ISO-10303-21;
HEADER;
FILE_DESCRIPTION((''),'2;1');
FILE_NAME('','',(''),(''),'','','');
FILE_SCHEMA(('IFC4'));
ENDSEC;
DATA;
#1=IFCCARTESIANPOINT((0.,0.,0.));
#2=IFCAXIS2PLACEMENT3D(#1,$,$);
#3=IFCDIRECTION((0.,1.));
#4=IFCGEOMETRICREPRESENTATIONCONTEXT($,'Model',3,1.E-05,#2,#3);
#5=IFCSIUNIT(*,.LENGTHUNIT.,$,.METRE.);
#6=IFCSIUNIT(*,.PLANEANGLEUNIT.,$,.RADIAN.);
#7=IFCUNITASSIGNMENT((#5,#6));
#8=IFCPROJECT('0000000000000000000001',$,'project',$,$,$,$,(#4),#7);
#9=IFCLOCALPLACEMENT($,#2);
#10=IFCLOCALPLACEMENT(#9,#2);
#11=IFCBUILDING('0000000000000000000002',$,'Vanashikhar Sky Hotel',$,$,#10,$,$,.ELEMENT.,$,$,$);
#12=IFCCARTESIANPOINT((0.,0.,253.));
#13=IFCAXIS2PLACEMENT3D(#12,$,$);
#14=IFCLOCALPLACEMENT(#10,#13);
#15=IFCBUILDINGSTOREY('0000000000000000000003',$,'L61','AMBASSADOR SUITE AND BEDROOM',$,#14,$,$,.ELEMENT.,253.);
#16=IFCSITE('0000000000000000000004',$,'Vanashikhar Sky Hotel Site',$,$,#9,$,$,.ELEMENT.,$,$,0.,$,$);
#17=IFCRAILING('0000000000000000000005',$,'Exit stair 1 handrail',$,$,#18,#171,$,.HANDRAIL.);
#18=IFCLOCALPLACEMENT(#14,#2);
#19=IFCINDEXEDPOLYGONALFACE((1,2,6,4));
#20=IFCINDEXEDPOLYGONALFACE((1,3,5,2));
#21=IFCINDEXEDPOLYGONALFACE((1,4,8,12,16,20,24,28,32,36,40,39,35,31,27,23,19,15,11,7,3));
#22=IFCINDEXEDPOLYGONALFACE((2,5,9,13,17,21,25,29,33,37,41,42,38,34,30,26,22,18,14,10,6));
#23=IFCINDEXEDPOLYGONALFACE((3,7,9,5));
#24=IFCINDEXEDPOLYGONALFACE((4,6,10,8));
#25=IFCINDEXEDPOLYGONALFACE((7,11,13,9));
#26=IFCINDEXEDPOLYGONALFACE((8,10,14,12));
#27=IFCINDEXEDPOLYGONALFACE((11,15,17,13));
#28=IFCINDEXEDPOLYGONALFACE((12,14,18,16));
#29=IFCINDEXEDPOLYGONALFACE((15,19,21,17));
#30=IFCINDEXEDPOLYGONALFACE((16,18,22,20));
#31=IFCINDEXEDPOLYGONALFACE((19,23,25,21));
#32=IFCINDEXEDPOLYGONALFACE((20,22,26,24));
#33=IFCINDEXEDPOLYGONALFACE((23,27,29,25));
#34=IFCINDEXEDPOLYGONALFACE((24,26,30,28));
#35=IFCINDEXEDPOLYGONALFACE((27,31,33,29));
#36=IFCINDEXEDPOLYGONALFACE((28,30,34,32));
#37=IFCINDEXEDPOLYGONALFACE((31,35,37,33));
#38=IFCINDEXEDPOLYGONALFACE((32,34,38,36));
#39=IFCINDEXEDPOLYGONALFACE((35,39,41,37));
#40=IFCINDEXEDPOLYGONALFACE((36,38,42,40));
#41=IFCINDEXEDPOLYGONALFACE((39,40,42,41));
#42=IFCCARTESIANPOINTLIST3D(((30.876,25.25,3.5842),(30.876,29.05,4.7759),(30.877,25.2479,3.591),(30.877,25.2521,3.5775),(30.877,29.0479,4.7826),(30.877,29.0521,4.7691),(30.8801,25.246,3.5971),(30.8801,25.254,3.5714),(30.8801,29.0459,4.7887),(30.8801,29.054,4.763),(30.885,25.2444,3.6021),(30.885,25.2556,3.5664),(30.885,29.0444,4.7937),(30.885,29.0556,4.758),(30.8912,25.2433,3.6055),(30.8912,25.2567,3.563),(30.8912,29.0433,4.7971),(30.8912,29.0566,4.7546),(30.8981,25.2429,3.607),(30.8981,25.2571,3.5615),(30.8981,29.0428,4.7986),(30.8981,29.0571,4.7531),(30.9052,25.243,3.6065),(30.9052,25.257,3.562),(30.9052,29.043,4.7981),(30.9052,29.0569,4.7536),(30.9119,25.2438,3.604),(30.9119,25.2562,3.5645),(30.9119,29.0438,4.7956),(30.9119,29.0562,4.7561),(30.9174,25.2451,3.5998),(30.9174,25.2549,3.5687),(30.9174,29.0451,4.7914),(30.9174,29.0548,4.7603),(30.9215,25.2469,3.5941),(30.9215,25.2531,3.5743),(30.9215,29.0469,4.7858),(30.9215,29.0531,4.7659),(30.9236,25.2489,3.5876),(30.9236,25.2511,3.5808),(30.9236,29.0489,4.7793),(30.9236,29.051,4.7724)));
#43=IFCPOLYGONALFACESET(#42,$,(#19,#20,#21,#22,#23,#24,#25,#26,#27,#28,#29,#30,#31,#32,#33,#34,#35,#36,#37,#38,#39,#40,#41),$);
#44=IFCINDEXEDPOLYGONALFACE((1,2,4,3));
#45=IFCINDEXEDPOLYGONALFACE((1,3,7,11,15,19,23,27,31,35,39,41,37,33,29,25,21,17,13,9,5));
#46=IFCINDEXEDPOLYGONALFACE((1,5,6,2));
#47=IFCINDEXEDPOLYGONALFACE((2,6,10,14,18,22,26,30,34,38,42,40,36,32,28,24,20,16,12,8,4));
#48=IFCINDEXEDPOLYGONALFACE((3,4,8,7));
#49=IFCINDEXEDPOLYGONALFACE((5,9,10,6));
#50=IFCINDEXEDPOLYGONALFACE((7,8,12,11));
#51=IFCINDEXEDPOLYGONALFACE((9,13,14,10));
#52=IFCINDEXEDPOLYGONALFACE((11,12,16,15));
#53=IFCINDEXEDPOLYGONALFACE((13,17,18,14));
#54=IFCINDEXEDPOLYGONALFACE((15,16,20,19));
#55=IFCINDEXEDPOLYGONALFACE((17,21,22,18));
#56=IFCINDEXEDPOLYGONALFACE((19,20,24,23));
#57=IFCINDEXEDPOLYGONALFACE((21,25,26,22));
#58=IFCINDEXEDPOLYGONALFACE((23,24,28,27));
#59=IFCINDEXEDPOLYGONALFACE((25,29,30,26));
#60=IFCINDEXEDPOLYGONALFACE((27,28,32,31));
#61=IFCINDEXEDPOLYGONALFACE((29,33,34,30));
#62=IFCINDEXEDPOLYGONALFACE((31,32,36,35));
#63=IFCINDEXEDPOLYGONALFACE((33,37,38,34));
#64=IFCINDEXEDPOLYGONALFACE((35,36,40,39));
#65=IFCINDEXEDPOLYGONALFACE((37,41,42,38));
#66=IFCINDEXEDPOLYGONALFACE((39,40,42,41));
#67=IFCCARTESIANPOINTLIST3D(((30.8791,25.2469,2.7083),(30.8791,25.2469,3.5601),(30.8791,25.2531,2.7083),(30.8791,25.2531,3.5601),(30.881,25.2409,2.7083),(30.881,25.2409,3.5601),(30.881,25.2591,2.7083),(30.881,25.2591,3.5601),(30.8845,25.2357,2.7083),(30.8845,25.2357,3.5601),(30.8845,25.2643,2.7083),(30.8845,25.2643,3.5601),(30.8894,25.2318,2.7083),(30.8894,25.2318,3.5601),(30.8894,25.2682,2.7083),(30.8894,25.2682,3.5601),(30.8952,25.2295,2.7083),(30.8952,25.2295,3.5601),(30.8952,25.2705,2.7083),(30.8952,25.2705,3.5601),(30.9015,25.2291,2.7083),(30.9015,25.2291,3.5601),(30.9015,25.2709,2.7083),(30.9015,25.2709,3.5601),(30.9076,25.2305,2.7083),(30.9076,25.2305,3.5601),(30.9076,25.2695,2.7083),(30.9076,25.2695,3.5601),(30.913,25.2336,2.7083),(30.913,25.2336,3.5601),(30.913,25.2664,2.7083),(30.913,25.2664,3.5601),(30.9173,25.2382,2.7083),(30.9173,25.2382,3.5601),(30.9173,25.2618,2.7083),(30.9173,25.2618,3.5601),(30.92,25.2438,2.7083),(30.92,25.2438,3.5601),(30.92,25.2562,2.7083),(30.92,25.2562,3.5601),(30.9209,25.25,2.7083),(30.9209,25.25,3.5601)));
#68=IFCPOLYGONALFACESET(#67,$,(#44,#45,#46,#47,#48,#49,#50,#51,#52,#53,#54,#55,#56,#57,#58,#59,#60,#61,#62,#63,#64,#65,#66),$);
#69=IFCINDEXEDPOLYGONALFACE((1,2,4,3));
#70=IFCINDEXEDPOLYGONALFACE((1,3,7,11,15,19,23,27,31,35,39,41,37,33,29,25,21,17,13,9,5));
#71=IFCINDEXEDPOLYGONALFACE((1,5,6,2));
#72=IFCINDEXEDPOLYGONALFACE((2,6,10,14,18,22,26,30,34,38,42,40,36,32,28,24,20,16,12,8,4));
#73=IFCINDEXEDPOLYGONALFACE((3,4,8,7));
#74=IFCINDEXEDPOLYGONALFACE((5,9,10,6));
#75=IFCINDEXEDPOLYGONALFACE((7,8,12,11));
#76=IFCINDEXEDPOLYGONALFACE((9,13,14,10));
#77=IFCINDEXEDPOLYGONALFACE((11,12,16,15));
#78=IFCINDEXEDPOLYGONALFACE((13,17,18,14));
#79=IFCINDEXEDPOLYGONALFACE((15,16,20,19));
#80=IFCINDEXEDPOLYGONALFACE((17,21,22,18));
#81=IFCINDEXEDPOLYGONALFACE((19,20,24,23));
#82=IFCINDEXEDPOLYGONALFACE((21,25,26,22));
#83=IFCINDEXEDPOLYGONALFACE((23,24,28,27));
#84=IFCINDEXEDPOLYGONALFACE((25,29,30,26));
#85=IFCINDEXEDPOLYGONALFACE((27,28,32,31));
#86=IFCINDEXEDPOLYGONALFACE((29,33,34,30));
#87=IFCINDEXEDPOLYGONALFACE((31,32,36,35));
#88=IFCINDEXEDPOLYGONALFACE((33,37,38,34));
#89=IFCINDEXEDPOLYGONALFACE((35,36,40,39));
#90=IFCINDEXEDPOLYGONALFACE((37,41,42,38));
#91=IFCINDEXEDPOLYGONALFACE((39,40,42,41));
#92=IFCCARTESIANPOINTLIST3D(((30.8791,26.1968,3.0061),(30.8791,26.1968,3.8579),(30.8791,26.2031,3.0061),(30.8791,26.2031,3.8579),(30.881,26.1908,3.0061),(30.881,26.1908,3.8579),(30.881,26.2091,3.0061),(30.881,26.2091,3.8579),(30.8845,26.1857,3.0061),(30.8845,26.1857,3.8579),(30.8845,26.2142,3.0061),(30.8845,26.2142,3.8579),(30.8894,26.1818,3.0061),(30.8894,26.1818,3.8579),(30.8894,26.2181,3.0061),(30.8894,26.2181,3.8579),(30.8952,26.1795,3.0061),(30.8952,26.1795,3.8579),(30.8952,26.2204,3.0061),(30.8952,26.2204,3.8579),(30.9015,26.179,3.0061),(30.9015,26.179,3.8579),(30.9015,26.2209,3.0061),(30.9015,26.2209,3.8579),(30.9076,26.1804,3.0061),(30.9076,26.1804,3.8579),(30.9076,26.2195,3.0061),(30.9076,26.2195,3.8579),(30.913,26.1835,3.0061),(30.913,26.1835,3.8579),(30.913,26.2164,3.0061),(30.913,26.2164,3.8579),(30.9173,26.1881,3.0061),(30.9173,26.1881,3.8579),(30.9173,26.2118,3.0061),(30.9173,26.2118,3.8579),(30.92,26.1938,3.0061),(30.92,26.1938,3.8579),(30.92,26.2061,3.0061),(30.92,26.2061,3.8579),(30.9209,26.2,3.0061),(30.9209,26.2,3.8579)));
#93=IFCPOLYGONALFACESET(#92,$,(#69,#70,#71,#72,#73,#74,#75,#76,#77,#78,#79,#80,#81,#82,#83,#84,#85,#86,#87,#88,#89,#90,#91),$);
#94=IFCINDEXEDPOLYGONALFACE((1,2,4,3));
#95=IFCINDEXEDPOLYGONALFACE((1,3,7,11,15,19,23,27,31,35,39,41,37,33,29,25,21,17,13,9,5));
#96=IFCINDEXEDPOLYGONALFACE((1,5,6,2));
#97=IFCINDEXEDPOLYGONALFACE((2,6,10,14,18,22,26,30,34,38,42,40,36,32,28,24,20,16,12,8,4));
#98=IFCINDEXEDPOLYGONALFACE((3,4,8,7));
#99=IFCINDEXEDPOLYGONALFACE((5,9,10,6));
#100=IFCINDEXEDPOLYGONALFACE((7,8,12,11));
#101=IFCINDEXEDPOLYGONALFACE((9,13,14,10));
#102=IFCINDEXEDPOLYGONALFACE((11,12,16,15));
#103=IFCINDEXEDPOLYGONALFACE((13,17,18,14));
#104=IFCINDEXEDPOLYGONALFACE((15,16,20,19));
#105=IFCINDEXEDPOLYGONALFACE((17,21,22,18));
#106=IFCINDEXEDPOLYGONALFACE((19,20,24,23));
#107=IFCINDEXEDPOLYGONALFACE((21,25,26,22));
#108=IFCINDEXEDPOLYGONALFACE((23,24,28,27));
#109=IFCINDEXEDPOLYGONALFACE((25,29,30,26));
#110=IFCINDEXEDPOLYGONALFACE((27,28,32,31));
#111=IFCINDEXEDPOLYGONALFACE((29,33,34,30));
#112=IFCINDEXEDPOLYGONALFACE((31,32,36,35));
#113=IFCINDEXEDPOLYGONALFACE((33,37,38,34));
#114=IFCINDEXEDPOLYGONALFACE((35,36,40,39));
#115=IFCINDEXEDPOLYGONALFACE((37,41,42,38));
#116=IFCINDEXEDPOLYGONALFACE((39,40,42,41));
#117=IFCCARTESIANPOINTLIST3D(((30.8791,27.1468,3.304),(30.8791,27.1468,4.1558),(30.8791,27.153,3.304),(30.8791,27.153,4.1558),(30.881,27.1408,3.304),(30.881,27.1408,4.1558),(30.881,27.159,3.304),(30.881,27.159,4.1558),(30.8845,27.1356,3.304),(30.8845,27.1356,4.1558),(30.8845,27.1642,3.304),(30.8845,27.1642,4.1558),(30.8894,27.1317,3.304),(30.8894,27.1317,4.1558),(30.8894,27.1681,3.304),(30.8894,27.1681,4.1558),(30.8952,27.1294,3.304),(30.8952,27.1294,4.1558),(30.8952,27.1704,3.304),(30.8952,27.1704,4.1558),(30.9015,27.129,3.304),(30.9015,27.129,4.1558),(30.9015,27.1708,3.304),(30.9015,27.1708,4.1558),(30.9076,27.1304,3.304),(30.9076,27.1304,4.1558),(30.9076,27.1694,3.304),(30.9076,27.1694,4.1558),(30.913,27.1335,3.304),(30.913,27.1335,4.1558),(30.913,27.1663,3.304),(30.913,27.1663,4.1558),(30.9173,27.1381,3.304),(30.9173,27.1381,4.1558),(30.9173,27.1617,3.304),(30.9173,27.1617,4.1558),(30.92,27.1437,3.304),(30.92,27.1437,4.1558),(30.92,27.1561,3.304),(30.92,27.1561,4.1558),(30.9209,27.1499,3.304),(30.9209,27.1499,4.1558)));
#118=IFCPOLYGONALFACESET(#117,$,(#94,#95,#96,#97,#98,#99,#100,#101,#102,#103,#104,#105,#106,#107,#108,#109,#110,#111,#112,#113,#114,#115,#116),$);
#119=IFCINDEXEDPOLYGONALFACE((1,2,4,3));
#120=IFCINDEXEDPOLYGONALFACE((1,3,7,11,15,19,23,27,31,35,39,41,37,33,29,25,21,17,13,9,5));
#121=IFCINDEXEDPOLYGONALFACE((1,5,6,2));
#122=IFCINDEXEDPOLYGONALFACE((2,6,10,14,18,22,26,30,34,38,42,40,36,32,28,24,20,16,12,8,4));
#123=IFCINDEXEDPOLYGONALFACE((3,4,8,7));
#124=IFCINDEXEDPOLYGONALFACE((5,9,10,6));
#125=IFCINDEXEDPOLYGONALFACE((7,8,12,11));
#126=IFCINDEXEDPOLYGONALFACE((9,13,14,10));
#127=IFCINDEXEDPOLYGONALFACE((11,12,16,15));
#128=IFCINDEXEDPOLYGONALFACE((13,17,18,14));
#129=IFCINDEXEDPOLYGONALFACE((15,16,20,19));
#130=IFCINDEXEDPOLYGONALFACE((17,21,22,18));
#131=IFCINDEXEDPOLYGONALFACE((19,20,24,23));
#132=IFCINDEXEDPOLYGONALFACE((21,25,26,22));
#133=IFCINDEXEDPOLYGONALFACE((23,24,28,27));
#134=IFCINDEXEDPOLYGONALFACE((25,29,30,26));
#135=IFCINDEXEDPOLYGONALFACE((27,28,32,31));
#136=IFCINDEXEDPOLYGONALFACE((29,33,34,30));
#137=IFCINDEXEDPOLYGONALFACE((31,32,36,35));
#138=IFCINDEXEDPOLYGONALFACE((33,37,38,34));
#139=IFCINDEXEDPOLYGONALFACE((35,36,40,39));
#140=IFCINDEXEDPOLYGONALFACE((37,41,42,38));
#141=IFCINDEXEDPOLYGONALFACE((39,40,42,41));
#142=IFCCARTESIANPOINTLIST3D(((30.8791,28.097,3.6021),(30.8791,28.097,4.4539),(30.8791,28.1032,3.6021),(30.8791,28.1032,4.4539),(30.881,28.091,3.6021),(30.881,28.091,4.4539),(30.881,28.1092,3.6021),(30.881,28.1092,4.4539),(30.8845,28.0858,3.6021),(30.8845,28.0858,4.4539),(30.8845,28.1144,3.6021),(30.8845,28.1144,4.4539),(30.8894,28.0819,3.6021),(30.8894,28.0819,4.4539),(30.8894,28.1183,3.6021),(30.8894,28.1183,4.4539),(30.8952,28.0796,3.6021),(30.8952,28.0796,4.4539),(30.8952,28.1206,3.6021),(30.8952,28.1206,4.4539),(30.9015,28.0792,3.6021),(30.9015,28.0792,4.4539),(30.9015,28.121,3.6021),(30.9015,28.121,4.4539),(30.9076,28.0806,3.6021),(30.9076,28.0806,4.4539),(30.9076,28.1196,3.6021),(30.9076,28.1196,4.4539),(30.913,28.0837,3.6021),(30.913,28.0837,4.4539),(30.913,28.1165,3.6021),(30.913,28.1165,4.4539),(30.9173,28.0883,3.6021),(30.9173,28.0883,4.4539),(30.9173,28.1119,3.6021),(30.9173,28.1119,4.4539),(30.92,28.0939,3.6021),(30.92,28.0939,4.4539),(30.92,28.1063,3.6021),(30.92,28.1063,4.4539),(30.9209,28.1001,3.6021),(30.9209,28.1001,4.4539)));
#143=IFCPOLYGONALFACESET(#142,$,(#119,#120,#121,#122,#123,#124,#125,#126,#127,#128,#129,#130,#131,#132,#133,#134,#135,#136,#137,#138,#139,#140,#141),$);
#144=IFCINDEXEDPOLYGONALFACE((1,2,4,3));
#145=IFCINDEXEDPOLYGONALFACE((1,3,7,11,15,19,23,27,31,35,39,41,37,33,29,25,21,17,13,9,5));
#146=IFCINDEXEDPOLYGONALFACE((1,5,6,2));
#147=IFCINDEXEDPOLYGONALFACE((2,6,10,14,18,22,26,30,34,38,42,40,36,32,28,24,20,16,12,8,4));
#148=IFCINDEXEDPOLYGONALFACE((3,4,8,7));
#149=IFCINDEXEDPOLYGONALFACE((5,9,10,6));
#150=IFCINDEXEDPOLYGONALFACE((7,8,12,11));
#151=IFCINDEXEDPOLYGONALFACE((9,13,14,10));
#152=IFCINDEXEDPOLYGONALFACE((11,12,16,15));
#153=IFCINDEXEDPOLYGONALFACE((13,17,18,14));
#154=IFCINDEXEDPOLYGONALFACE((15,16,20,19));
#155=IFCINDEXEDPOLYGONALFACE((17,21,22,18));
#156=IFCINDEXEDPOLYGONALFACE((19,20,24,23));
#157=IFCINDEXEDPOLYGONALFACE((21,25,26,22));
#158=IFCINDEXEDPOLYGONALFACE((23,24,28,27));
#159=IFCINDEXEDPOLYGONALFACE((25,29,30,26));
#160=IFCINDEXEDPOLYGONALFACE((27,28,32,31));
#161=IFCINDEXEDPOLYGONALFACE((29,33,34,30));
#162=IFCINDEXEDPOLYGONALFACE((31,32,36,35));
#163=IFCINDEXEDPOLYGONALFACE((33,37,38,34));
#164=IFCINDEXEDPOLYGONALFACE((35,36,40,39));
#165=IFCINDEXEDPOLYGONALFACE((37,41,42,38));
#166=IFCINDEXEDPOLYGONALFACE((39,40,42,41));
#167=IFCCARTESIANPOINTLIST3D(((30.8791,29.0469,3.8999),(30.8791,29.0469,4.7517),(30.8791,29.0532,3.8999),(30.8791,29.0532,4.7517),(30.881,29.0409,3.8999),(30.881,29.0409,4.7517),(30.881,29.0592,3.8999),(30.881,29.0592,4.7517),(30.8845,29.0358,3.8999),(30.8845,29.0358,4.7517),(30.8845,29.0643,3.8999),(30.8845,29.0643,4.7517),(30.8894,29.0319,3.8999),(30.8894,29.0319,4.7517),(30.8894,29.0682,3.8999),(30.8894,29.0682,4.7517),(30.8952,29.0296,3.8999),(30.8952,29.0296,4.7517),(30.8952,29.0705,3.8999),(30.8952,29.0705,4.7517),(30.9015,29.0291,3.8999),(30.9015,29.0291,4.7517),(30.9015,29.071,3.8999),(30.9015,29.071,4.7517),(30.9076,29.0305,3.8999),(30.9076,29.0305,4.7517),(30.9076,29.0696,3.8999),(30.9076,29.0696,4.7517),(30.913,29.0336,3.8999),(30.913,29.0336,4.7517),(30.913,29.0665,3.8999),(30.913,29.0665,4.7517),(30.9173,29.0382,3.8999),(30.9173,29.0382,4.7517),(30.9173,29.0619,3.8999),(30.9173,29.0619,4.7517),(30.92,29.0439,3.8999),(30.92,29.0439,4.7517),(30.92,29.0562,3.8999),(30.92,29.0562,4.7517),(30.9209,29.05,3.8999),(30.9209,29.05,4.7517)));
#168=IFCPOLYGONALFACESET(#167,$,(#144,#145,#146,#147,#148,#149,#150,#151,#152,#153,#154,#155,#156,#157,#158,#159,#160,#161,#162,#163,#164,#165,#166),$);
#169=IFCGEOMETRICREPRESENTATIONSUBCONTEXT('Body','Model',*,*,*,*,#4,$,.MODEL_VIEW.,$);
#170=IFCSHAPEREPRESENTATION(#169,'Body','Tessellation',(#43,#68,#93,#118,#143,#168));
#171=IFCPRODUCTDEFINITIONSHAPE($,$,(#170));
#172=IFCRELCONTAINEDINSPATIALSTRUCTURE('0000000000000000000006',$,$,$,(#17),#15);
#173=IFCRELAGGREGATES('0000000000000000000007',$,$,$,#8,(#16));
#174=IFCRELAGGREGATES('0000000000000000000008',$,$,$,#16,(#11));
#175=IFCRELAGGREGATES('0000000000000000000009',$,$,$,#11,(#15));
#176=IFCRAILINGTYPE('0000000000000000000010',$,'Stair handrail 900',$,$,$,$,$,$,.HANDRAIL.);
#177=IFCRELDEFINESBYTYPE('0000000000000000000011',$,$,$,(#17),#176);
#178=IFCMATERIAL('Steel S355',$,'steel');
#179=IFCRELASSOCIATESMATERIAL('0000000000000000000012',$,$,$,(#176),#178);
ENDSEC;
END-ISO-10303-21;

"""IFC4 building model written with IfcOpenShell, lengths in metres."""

from ifc_helpers import new_model, si_unit, direction, frame, origin, origin_2d, place, context, subcontext, project, spatial, circle, extrude, source, transform, mapped, material, type_object, element, save


model = new_model("IFC4")

# Units and contexts
model_context = context("Model", 3, precision=1e-05, world=origin(), true_north=direction((0.0, 1.0)))
body_context = subcontext(model_context, "Body", "Model", "MODEL_VIEW")
ifc_project = project(units=[si_unit("LENGTHUNIT", "METRE"), si_unit("PLANEANGLEUNIT", "RADIAN")], contexts=[model_context])

# Site, building, storey
site_placement = place(None, origin())
site = spatial("IfcSite", under=ifc_project, at=site_placement, Name="Vanashikhar Sky Hotel Site", CompositionType="ELEMENT", RefElevation=0.0)
building_placement = place(site_placement, origin())
building = spatial("IfcBuilding", under=site, at=building_placement, Name="Vanashikhar Sky Hotel", CompositionType="ELEMENT")
storey_placement = place(building_placement, frame((0.0, 0.0, 253.0)))
storey = spatial("IfcBuildingStorey", under=building, at=storey_placement, Name="L61", Description="AMBASSADOR SUITE AND BEDROOM", CompositionType="ELEMENT", Elevation=253.0)

# Railing
ifc_material_1 = material(Name="Steel S355", Category="steel")
railing_type_1 = type_object("IfcRailingType", Name="Stair handrail 900", PredefinedType="HANDRAIL", material=ifc_material_1)
shared_shape_1 = source(origin(), body_context, "Body", "SweptSolid", [
    extrude(circle(Radius=0.0239, at=origin_2d()), frame((0.0, 0.0, 0.876), z_axis=(0.0, 0.954184, 0.299221), x_axis=(-1.0, 0.0, 0.0)), (0.0, 0.0, 1.0), 3.9824),
    extrude(circle(Radius=0.021, at=origin_2d()), origin(), (0.0, 0.0, 1.0), 0.8518),
    extrude(circle(Radius=0.021, at=origin_2d()), frame((0.0, 0.95, 0.2979)), (0.0, 0.0, 1.0), 0.8518),
    extrude(circle(Radius=0.021, at=origin_2d()), frame((0.0, 1.8999, 0.5957)), (0.0, 0.0, 1.0), 0.8518),
    extrude(circle(Radius=0.021, at=origin_2d()), frame((0.0, 2.8501, 0.8938)), (0.0, 0.0, 1.0), 0.8518),
    extrude(circle(Radius=0.021, at=origin_2d()), frame((0.0, 3.8, 1.1917)), (0.0, 0.0, 1.0), 0.8518),
])
for number, where, name in (
    (1, (30.8999, 25.25, 2.7083), "Exit stair 1 handrail"),
):
    element("IfcRailing", number, at=place(storey_placement, frame(where)), inside=storey, type_object=railing_type_1, Name=name, PredefinedType="HANDRAIL", context=body_context, shape_type="MappedRepresentation", body=[
        mapped(shared_shape_1, transform((0.0, 0.0, 0.0), scale=1.0)),
    ])

save(model, "model.ifc")
